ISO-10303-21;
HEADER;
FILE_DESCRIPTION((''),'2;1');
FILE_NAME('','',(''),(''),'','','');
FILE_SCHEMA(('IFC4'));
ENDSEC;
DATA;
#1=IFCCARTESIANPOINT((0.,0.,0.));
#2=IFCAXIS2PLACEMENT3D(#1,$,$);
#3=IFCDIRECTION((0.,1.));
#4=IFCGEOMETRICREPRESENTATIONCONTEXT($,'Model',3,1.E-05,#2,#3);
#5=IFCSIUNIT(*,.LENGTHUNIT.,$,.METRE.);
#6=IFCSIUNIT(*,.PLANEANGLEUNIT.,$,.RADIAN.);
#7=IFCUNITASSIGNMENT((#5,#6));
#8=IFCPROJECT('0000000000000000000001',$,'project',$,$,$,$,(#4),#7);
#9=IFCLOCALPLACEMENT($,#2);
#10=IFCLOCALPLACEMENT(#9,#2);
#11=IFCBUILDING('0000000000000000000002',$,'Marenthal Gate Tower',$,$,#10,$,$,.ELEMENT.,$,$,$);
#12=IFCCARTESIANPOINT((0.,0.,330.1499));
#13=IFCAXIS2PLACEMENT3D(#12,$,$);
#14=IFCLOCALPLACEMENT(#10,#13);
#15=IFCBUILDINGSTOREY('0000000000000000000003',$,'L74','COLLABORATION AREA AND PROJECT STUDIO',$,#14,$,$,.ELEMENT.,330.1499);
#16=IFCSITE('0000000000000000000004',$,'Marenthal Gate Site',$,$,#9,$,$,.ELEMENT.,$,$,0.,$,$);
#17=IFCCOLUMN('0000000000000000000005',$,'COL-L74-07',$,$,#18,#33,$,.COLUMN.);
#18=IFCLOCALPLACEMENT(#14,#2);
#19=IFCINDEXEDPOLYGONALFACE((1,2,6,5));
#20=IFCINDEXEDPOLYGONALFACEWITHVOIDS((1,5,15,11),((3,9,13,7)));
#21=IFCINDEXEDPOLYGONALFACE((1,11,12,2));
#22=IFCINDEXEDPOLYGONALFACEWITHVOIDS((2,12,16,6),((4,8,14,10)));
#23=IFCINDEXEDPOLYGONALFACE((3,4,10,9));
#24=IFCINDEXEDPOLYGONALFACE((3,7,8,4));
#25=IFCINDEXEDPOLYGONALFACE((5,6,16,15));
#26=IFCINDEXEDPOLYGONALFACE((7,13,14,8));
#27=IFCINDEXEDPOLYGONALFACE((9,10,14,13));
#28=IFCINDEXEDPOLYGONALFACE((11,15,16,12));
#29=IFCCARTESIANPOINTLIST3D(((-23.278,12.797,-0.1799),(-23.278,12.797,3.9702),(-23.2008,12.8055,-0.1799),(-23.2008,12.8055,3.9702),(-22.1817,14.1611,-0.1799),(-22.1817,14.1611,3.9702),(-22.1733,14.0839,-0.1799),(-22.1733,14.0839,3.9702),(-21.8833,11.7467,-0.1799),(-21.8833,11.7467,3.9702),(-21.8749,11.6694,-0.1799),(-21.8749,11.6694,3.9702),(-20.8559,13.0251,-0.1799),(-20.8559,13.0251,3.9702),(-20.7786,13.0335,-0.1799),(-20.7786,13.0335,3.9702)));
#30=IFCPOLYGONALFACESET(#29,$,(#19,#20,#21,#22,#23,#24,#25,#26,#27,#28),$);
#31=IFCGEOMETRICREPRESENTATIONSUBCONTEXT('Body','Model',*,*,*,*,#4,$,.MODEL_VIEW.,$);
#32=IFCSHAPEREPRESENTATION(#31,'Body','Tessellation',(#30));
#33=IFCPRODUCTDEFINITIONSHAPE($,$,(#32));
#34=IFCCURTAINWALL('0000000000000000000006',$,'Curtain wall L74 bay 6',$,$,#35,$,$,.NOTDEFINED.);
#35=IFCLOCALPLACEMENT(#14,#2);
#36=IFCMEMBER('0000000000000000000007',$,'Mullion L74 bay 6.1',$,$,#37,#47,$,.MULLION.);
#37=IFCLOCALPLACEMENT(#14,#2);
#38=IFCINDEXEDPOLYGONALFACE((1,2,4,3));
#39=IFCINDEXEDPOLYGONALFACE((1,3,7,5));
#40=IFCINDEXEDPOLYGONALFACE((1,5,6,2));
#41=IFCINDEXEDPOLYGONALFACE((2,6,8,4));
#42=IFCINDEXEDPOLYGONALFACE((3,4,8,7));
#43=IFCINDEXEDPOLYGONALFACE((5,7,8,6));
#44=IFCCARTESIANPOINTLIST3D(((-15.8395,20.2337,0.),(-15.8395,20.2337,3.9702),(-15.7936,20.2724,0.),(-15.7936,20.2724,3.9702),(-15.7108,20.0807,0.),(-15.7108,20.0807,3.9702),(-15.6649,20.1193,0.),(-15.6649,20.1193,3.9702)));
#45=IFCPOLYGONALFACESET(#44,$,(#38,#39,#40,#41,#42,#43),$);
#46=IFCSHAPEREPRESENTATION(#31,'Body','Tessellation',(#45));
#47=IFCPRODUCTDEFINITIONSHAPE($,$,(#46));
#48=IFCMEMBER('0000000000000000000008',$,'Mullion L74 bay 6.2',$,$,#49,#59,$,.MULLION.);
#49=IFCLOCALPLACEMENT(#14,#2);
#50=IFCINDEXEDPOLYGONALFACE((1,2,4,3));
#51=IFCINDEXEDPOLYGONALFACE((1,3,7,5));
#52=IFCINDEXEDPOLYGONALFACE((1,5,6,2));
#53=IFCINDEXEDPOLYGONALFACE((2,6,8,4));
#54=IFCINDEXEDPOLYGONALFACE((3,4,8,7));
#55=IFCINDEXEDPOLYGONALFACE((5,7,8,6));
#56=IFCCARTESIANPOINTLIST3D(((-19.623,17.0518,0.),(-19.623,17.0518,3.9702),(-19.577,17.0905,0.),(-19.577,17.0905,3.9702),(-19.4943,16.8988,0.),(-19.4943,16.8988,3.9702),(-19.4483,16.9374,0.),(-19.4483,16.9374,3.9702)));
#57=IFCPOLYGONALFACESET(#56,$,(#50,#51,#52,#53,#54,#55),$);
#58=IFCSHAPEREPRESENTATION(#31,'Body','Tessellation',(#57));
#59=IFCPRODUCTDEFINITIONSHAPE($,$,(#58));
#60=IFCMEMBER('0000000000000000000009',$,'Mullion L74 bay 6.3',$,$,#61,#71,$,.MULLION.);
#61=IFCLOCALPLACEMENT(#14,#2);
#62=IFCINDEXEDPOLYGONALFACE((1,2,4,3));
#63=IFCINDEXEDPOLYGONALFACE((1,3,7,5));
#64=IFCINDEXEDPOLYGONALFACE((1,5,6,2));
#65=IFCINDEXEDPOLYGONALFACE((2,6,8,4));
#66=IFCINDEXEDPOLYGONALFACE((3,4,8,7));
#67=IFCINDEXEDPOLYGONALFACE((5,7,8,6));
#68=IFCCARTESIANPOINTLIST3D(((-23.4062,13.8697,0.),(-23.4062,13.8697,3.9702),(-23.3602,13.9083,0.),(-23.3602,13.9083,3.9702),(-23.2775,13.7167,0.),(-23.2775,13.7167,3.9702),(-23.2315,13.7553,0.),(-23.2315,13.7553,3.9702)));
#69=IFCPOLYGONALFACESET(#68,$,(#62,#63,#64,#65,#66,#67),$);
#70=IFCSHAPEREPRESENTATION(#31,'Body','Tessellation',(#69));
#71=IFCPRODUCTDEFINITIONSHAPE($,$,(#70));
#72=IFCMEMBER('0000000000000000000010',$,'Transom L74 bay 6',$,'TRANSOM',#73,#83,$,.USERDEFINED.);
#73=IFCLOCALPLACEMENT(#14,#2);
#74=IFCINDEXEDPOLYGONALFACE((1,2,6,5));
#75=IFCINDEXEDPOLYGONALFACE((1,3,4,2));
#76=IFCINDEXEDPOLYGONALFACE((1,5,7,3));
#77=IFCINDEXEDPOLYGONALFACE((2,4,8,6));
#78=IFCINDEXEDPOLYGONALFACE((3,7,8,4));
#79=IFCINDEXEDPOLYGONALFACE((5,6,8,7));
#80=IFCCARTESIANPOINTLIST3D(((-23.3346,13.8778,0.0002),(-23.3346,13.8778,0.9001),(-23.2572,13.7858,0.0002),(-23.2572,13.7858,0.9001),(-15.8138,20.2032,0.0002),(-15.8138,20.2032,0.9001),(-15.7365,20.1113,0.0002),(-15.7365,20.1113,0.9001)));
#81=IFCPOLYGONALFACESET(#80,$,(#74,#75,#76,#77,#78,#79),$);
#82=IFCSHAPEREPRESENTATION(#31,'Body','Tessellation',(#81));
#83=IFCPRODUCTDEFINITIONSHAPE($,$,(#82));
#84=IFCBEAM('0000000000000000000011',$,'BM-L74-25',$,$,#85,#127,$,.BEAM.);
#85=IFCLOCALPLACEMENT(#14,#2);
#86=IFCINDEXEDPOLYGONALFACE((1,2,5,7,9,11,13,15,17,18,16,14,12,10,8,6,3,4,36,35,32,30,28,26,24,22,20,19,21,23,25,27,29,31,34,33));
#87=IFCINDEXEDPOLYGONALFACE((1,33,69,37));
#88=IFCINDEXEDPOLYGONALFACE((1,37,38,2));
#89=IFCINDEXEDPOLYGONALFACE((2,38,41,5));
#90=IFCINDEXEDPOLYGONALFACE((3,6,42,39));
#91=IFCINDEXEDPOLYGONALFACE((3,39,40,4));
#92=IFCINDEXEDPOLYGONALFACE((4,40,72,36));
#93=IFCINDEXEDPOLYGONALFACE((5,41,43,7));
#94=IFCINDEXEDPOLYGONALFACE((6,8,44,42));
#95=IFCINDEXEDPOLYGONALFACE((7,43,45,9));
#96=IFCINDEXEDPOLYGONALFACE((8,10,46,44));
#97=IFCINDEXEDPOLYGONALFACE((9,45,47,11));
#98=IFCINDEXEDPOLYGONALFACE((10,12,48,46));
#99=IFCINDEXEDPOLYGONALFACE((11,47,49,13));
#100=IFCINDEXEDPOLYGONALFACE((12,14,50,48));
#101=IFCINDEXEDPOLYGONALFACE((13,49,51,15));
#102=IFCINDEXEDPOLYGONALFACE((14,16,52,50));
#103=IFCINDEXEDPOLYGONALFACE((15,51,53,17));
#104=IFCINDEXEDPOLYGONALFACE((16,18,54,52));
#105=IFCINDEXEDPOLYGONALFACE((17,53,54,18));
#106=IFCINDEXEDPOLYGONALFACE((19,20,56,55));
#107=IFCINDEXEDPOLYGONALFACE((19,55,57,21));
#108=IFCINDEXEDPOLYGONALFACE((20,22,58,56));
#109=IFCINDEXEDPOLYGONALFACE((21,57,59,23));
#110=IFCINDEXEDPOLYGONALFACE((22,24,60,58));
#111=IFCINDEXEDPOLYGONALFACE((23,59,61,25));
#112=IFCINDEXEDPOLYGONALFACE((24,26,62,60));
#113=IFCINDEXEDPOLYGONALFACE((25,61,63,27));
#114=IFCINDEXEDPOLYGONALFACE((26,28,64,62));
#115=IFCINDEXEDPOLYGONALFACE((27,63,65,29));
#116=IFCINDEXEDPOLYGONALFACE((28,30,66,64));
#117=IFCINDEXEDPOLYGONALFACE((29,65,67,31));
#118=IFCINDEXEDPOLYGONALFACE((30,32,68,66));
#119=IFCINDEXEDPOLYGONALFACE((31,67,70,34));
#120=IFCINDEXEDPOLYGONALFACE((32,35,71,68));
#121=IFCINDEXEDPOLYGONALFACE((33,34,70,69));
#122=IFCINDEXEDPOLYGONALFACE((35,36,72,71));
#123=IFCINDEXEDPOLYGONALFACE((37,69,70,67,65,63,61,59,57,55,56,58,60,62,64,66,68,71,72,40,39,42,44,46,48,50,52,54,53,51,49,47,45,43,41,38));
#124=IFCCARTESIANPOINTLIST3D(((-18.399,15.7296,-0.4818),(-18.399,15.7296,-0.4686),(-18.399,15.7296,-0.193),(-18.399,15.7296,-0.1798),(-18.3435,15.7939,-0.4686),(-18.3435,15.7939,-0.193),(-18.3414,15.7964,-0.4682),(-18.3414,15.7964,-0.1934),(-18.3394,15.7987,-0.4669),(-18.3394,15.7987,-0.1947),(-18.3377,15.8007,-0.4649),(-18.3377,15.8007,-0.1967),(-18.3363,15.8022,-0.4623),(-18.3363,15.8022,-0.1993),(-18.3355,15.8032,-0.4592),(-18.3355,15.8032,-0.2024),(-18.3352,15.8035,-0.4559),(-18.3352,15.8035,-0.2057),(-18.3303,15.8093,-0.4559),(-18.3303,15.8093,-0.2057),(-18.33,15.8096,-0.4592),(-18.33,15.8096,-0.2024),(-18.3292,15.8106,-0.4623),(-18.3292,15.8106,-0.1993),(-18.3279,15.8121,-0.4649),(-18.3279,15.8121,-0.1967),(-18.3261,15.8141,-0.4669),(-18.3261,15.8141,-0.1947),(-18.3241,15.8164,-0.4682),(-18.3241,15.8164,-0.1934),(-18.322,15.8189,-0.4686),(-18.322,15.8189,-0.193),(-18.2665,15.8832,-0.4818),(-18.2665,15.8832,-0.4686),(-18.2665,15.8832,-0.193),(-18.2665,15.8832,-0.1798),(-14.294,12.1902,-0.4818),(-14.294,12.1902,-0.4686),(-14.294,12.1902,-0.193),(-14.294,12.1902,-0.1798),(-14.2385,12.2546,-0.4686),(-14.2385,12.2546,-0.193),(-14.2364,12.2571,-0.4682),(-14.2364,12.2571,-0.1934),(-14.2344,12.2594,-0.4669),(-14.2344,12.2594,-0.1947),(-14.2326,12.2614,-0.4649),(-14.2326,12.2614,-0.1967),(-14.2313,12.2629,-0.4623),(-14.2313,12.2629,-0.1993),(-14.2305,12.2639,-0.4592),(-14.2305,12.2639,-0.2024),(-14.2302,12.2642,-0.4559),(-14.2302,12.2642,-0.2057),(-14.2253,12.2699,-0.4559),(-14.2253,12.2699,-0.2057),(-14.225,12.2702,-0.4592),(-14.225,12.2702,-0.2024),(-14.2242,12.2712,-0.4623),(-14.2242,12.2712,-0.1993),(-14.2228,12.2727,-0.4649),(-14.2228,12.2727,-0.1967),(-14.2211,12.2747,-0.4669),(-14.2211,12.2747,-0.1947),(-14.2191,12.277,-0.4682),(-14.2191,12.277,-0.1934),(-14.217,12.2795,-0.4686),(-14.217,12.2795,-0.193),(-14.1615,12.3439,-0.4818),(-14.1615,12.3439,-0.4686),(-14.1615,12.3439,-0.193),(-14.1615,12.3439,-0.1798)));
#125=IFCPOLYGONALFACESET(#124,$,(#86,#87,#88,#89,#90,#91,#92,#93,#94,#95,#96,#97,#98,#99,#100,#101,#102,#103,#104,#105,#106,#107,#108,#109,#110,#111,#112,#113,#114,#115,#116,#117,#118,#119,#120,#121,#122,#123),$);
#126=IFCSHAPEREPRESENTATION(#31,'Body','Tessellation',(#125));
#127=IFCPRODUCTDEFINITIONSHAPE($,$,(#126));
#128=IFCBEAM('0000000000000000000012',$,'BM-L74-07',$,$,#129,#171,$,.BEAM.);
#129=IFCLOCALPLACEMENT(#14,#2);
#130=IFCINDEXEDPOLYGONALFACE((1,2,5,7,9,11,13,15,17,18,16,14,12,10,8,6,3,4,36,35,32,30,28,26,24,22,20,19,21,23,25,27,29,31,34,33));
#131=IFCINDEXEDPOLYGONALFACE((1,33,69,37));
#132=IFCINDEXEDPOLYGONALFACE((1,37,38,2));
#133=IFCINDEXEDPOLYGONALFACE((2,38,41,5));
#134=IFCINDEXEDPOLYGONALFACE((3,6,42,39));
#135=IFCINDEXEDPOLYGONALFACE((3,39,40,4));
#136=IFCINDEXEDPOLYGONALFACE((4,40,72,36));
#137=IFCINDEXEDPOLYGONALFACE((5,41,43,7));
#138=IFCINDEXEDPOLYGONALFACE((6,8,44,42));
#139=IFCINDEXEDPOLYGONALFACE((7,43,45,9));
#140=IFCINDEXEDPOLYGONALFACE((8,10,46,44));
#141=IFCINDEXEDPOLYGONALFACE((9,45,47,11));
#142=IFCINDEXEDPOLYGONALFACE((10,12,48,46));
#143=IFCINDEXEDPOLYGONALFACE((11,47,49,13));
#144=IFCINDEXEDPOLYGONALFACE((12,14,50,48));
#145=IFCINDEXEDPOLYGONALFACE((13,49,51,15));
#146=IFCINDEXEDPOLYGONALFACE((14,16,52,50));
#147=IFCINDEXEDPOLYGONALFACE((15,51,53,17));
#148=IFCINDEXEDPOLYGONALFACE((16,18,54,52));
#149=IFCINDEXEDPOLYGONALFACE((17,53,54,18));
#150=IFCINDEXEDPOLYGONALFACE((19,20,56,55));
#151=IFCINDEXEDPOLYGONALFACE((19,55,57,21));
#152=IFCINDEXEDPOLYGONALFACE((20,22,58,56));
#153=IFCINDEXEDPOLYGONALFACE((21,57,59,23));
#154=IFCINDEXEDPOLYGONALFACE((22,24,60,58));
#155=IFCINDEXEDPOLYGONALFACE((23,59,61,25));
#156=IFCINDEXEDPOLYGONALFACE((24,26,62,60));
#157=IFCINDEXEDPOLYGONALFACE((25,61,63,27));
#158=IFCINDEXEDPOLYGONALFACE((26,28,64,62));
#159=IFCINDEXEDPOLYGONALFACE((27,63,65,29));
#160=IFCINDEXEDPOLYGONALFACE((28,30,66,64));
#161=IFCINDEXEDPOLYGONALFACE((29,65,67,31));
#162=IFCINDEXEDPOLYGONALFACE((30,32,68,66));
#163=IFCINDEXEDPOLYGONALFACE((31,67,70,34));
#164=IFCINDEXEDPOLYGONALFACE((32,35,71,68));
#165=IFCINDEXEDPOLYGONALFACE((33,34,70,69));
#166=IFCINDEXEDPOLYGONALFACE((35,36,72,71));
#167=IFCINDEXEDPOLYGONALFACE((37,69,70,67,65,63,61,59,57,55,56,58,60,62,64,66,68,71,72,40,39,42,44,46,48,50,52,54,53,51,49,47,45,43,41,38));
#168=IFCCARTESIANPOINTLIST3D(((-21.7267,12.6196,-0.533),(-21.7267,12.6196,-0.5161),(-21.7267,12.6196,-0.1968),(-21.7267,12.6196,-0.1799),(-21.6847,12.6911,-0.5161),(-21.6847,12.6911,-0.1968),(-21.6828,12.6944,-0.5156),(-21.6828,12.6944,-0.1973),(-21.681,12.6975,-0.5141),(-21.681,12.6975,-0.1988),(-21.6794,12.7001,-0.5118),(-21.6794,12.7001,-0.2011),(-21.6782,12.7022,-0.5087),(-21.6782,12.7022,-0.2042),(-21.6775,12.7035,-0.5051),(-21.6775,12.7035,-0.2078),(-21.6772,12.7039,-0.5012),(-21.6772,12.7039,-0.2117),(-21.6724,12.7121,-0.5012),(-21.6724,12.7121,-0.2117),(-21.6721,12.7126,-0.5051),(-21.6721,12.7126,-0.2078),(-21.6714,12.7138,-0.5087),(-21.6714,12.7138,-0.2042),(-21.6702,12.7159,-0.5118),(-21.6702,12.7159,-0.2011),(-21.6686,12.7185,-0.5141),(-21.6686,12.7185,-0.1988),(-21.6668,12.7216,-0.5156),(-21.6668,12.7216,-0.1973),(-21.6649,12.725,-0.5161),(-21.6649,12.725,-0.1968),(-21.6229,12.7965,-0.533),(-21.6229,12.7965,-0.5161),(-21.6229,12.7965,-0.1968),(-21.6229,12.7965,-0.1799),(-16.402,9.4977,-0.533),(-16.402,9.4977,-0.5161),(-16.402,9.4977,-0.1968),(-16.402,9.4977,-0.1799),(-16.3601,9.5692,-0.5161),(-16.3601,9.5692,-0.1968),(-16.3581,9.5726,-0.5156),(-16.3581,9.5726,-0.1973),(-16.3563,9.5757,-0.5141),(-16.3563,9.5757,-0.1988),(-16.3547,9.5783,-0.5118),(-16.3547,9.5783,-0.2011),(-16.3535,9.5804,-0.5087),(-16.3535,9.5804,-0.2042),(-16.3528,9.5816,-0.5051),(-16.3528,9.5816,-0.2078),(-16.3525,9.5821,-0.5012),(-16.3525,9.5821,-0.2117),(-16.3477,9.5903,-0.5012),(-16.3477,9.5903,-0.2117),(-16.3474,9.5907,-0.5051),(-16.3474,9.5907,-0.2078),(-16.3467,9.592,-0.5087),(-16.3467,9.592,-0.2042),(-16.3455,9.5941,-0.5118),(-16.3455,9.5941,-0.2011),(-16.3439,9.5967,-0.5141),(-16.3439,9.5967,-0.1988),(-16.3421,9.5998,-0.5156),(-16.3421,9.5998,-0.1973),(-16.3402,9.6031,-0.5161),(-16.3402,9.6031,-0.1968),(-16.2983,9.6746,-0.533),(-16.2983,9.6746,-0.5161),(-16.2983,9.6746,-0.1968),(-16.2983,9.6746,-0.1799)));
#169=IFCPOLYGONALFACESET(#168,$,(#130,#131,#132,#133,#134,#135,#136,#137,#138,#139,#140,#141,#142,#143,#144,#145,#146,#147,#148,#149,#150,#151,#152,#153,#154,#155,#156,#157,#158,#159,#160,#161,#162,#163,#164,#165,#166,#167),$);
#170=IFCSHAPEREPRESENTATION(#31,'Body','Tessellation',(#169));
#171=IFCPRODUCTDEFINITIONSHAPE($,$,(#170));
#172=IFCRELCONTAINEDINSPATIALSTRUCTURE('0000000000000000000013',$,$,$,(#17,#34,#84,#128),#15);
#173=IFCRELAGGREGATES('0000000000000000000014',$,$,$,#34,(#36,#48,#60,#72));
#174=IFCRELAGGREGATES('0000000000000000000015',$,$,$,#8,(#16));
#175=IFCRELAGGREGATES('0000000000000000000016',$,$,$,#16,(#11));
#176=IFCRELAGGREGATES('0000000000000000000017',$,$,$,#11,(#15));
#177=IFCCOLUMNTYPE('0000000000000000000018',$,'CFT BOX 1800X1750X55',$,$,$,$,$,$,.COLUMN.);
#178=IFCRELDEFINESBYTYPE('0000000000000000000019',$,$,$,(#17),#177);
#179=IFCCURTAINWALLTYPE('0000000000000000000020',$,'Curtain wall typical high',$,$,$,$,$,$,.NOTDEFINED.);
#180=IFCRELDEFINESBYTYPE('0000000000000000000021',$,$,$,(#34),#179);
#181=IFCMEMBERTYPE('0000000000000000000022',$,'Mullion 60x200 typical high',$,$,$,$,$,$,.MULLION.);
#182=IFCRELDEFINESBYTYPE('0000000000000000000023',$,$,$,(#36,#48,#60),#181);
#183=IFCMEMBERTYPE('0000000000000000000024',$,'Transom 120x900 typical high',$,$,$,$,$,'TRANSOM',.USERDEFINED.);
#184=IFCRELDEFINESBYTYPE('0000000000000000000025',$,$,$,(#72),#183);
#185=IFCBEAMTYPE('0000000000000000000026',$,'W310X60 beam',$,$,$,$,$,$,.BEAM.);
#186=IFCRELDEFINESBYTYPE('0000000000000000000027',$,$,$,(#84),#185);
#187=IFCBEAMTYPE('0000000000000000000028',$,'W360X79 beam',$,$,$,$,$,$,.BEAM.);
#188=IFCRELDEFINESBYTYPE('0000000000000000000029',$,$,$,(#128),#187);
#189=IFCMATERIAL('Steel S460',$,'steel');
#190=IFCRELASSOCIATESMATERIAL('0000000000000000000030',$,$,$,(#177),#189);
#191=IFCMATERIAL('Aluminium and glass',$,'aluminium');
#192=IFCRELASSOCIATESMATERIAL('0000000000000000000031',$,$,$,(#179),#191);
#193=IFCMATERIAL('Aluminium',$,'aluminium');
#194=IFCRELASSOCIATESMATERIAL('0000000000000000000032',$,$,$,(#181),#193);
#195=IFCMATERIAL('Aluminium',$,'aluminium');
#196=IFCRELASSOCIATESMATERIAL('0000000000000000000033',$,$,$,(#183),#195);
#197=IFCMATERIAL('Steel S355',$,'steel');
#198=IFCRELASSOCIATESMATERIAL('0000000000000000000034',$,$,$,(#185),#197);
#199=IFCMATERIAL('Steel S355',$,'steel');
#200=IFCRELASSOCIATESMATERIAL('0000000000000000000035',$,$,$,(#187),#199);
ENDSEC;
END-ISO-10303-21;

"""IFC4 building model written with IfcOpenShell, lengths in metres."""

from ifc_helpers import new_model, si_unit, direction, frame, origin, origin_2d, place, context, subcontext, project, spatial, rectangle, hollow_rectangle, i_section, extrude, material, material_profile, profile_set, type_object, element, aggregate, save


model = new_model("IFC4")

# Units and contexts
model_context = context("Model", 3, precision=1e-05, world=origin(), true_north=direction((0.0, 1.0)))
body_context = subcontext(model_context, "Body", "Model", "MODEL_VIEW")
ifc_project = project(units=[si_unit("LENGTHUNIT", "METRE"), si_unit("PLANEANGLEUNIT", "RADIAN")], contexts=[model_context])

# Site, building, storey
site_placement = place(None, origin())
site = spatial("IfcSite", under=ifc_project, at=site_placement, Name="Marenthal Gate Site", CompositionType="ELEMENT", RefElevation=0.0)
building_placement = place(site_placement, origin())
building = spatial("IfcBuilding", under=site, at=building_placement, Name="Marenthal Gate Tower", CompositionType="ELEMENT")
storey_placement = place(building_placement, frame((0.0, 0.0, 330.1499)))
storey = spatial("IfcBuildingStorey", under=building, at=storey_placement, Name="L74", Description="COLLABORATION AREA AND PROJECT STUDIO", CompositionType="ELEMENT", Elevation=330.1499)

# Column
ifc_material_1 = material(Name="Steel S460", Category="steel")
ifc_material_profile_1 = material_profile(ifc_material_1, hollow_rectangle(XDim=1.75, YDim=1.8, WallThickness=0.0549, at=origin_2d()), Name="CFT BOX 1800X1750X55")
ifc_material_2 = material(Name="Concrete 70 MPa", Category="concrete")
ifc_material_profile_2 = material_profile(ifc_material_2, rectangle(XDim=1.6399, YDim=1.6899, at=origin_2d()), Name="CFT BOX 1800X1750X55 INFILL")
ifc_profile_set_1 = profile_set([ifc_material_profile_1, ifc_material_profile_2], Name="Steel S460 shell, Concrete 70 MPa infill")
column_type = type_object("IfcColumnType", Name="CFT BOX 1800X1750X55", PredefinedType="COLUMN", material=ifc_profile_set_1)
column_placement = place(storey_placement, frame((-22.0283, 12.9153, -0.1799), z_axis=(0.0, 0.0, 1.0), x_axis=(0.626431, 0.779477, 0.0)))
element("IfcColumn", 1, at=column_placement, inside=storey, type_object=column_type, Name="COL-L74-07", PredefinedType="COLUMN", context=body_context, shape_type="SweptSolid", body=[
    extrude(hollow_rectangle(XDim=1.75, YDim=1.8, WallThickness=0.0549, at=origin_2d()), origin(), (0.0, 0.0, 1.0), 4.1501),
])

# Curtain wall, members
ifc_material_3 = material(Name="Aluminium and glass", Category="aluminium")
curtain_wall_type = type_object("IfcCurtainWallType", Name="Curtain wall typical high", PredefinedType="NOTDEFINED", material=ifc_material_3)
curtain_wall_placement = place(storey_placement, origin())
curtain_wall = element("IfcCurtainWall", 2, at=curtain_wall_placement, inside=storey, type_object=curtain_wall_type, Name="Curtain wall L74 bay 6", PredefinedType="NOTDEFINED")
ifc_material_4 = material(Name="Aluminium", Category="aluminium")
ifc_material_profile_3 = material_profile(ifc_material_4, rectangle(XDim=0.2, YDim=0.0601, at=origin_2d()), Name="60x200 aluminium mullion")
ifc_profile_set_2 = profile_set([ifc_material_profile_3], Name="Aluminium")
member_type_1 = type_object("IfcMemberType", Name="Mullion 60x200 typical high", PredefinedType="MULLION", material=ifc_profile_set_2)
member_1_placement = place(storey_placement, frame((-15.7522, 20.1765, 0.0), z_axis=(0.0, 0.0, 1.0), x_axis=(0.643676, -0.765298, 0.0)))
member_1 = element("IfcMember", 3, at=member_1_placement, type_object=member_type_1, Name="Mullion L74 bay 6.1", PredefinedType="MULLION", context=body_context, shape_type="SweptSolid", body=[
    extrude(rectangle(XDim=0.2, YDim=0.0601, at=origin_2d()), origin(), (0.0, 0.0, 1.0), 3.9702),
])
member_2_placement = place(storey_placement, frame((-19.5356, 16.9946, 0.0), z_axis=(0.0, 0.0, 1.0), x_axis=(0.643676, -0.765298, 0.0)))
member_2 = element("IfcMember", 4, at=member_2_placement, type_object=member_type_1, Name="Mullion L74 bay 6.2", PredefinedType="MULLION", context=body_context, shape_type="SweptSolid", body=[
    extrude(rectangle(XDim=0.2, YDim=0.0601, at=origin_2d()), origin(), (0.0, 0.0, 1.0), 3.9702),
])
member_3_placement = place(storey_placement, frame((-23.3188, 13.8125, 0.0), z_axis=(0.0, 0.0, 1.0), x_axis=(0.643676, -0.765298, 0.0)))
member_3 = element("IfcMember", 5, at=member_3_placement, type_object=member_type_1, Name="Mullion L74 bay 6.3", PredefinedType="MULLION", context=body_context, shape_type="SweptSolid", body=[
    extrude(rectangle(XDim=0.2, YDim=0.0601, at=origin_2d()), origin(), (0.0, 0.0, 1.0), 3.9702),
])
ifc_material_5 = material(Name="Aluminium", Category="aluminium")
ifc_material_profile_4 = material_profile(ifc_material_5, rectangle(XDim=0.1201, YDim=0.8999, at=origin_2d()), Name="120x900 aluminium transom")
ifc_profile_set_3 = profile_set([ifc_material_profile_4], Name="Aluminium")
member_type_2 = type_object("IfcMemberType", Name="Transom 120x900 typical high", ElementType="TRANSOM", PredefinedType="USERDEFINED", material=ifc_profile_set_3)
member_4_placement = place(storey_placement, frame((-15.7751, 20.1572, 0.4502), z_axis=(-0.765303, -0.64367, 0.0), x_axis=(0.64367, -0.765303, 0.0)))
member_4 = element("IfcMember", 6, at=member_4_placement, type_object=member_type_2, Name="Transom L74 bay 6", ObjectType="TRANSOM", PredefinedType="USERDEFINED", context=body_context, shape_type="SweptSolid", body=[
    extrude(rectangle(XDim=0.1201, YDim=0.8999, at=origin_2d()), origin(), (0.0, 0.0, 1.0), 9.8271),
])

# Beams
ifc_material_6 = material(Name="Steel S355", Category="steel")
ifc_material_profile_5 = material_profile(ifc_material_6, i_section(OverallWidth=0.2029, OverallDepth=0.302, WebThickness=0.0076, FlangeThickness=0.0132, FilletRadius=0.0127, at=origin_2d()), Name="W310X60")
ifc_profile_set_4 = profile_set([ifc_material_profile_5], Name="Steel S355")
beam_type_1 = type_object("IfcBeamType", Name="W310X60 beam", PredefinedType="BEAM", material=ifc_profile_set_4)
beam_1_placement = place(storey_placement, frame((-18.3328, 15.8064, -0.3308), z_axis=(0.757362, -0.652996, 0.0), x_axis=(0.652996, 0.757362, 0.0)))
element("IfcBeam", 7, at=beam_1_placement, inside=storey, type_object=beam_type_1, Name="BM-L74-25", PredefinedType="BEAM", context=body_context, shape_type="SweptSolid", body=[
    extrude(i_section(OverallWidth=0.2029, OverallDepth=0.302, WebThickness=0.0076, FlangeThickness=0.0132, FilletRadius=0.0127, at=origin_2d()), origin(), (0.0, 0.0, 1.0), 5.4202),
])
ifc_material_7 = material(Name="Steel S355", Category="steel")
ifc_material_profile_6 = material_profile(ifc_material_7, i_section(OverallWidth=0.2051, OverallDepth=0.353, WebThickness=0.0095, FlangeThickness=0.0168, FilletRadius=0.0149, at=origin_2d()), Name="W360X79")
ifc_profile_set_5 = profile_set([ifc_material_profile_6], Name="Steel S355")
beam_type_2 = type_object("IfcBeamType", Name="W360X79 beam", PredefinedType="BEAM", material=ifc_profile_set_5)
beam_2_placement = place(storey_placement, frame((-21.6748, 12.708, -0.3564), z_axis=(0.862666, -0.505773, 0.0), x_axis=(0.505773, 0.862666, 0.0)))
element("IfcBeam", 8, at=beam_2_placement, inside=storey, type_object=beam_type_2, Name="BM-L74-07", PredefinedType="BEAM", context=body_context, shape_type="SweptSolid", body=[
    extrude(i_section(OverallWidth=0.2051, OverallDepth=0.353, WebThickness=0.0095, FlangeThickness=0.0168, FilletRadius=0.0149, at=origin_2d()), origin(), (0.0, 0.0, 1.0), 6.1724),
])

aggregate(curtain_wall, [member_1, member_2, member_3, member_4])

save(model, "model.ifc")
